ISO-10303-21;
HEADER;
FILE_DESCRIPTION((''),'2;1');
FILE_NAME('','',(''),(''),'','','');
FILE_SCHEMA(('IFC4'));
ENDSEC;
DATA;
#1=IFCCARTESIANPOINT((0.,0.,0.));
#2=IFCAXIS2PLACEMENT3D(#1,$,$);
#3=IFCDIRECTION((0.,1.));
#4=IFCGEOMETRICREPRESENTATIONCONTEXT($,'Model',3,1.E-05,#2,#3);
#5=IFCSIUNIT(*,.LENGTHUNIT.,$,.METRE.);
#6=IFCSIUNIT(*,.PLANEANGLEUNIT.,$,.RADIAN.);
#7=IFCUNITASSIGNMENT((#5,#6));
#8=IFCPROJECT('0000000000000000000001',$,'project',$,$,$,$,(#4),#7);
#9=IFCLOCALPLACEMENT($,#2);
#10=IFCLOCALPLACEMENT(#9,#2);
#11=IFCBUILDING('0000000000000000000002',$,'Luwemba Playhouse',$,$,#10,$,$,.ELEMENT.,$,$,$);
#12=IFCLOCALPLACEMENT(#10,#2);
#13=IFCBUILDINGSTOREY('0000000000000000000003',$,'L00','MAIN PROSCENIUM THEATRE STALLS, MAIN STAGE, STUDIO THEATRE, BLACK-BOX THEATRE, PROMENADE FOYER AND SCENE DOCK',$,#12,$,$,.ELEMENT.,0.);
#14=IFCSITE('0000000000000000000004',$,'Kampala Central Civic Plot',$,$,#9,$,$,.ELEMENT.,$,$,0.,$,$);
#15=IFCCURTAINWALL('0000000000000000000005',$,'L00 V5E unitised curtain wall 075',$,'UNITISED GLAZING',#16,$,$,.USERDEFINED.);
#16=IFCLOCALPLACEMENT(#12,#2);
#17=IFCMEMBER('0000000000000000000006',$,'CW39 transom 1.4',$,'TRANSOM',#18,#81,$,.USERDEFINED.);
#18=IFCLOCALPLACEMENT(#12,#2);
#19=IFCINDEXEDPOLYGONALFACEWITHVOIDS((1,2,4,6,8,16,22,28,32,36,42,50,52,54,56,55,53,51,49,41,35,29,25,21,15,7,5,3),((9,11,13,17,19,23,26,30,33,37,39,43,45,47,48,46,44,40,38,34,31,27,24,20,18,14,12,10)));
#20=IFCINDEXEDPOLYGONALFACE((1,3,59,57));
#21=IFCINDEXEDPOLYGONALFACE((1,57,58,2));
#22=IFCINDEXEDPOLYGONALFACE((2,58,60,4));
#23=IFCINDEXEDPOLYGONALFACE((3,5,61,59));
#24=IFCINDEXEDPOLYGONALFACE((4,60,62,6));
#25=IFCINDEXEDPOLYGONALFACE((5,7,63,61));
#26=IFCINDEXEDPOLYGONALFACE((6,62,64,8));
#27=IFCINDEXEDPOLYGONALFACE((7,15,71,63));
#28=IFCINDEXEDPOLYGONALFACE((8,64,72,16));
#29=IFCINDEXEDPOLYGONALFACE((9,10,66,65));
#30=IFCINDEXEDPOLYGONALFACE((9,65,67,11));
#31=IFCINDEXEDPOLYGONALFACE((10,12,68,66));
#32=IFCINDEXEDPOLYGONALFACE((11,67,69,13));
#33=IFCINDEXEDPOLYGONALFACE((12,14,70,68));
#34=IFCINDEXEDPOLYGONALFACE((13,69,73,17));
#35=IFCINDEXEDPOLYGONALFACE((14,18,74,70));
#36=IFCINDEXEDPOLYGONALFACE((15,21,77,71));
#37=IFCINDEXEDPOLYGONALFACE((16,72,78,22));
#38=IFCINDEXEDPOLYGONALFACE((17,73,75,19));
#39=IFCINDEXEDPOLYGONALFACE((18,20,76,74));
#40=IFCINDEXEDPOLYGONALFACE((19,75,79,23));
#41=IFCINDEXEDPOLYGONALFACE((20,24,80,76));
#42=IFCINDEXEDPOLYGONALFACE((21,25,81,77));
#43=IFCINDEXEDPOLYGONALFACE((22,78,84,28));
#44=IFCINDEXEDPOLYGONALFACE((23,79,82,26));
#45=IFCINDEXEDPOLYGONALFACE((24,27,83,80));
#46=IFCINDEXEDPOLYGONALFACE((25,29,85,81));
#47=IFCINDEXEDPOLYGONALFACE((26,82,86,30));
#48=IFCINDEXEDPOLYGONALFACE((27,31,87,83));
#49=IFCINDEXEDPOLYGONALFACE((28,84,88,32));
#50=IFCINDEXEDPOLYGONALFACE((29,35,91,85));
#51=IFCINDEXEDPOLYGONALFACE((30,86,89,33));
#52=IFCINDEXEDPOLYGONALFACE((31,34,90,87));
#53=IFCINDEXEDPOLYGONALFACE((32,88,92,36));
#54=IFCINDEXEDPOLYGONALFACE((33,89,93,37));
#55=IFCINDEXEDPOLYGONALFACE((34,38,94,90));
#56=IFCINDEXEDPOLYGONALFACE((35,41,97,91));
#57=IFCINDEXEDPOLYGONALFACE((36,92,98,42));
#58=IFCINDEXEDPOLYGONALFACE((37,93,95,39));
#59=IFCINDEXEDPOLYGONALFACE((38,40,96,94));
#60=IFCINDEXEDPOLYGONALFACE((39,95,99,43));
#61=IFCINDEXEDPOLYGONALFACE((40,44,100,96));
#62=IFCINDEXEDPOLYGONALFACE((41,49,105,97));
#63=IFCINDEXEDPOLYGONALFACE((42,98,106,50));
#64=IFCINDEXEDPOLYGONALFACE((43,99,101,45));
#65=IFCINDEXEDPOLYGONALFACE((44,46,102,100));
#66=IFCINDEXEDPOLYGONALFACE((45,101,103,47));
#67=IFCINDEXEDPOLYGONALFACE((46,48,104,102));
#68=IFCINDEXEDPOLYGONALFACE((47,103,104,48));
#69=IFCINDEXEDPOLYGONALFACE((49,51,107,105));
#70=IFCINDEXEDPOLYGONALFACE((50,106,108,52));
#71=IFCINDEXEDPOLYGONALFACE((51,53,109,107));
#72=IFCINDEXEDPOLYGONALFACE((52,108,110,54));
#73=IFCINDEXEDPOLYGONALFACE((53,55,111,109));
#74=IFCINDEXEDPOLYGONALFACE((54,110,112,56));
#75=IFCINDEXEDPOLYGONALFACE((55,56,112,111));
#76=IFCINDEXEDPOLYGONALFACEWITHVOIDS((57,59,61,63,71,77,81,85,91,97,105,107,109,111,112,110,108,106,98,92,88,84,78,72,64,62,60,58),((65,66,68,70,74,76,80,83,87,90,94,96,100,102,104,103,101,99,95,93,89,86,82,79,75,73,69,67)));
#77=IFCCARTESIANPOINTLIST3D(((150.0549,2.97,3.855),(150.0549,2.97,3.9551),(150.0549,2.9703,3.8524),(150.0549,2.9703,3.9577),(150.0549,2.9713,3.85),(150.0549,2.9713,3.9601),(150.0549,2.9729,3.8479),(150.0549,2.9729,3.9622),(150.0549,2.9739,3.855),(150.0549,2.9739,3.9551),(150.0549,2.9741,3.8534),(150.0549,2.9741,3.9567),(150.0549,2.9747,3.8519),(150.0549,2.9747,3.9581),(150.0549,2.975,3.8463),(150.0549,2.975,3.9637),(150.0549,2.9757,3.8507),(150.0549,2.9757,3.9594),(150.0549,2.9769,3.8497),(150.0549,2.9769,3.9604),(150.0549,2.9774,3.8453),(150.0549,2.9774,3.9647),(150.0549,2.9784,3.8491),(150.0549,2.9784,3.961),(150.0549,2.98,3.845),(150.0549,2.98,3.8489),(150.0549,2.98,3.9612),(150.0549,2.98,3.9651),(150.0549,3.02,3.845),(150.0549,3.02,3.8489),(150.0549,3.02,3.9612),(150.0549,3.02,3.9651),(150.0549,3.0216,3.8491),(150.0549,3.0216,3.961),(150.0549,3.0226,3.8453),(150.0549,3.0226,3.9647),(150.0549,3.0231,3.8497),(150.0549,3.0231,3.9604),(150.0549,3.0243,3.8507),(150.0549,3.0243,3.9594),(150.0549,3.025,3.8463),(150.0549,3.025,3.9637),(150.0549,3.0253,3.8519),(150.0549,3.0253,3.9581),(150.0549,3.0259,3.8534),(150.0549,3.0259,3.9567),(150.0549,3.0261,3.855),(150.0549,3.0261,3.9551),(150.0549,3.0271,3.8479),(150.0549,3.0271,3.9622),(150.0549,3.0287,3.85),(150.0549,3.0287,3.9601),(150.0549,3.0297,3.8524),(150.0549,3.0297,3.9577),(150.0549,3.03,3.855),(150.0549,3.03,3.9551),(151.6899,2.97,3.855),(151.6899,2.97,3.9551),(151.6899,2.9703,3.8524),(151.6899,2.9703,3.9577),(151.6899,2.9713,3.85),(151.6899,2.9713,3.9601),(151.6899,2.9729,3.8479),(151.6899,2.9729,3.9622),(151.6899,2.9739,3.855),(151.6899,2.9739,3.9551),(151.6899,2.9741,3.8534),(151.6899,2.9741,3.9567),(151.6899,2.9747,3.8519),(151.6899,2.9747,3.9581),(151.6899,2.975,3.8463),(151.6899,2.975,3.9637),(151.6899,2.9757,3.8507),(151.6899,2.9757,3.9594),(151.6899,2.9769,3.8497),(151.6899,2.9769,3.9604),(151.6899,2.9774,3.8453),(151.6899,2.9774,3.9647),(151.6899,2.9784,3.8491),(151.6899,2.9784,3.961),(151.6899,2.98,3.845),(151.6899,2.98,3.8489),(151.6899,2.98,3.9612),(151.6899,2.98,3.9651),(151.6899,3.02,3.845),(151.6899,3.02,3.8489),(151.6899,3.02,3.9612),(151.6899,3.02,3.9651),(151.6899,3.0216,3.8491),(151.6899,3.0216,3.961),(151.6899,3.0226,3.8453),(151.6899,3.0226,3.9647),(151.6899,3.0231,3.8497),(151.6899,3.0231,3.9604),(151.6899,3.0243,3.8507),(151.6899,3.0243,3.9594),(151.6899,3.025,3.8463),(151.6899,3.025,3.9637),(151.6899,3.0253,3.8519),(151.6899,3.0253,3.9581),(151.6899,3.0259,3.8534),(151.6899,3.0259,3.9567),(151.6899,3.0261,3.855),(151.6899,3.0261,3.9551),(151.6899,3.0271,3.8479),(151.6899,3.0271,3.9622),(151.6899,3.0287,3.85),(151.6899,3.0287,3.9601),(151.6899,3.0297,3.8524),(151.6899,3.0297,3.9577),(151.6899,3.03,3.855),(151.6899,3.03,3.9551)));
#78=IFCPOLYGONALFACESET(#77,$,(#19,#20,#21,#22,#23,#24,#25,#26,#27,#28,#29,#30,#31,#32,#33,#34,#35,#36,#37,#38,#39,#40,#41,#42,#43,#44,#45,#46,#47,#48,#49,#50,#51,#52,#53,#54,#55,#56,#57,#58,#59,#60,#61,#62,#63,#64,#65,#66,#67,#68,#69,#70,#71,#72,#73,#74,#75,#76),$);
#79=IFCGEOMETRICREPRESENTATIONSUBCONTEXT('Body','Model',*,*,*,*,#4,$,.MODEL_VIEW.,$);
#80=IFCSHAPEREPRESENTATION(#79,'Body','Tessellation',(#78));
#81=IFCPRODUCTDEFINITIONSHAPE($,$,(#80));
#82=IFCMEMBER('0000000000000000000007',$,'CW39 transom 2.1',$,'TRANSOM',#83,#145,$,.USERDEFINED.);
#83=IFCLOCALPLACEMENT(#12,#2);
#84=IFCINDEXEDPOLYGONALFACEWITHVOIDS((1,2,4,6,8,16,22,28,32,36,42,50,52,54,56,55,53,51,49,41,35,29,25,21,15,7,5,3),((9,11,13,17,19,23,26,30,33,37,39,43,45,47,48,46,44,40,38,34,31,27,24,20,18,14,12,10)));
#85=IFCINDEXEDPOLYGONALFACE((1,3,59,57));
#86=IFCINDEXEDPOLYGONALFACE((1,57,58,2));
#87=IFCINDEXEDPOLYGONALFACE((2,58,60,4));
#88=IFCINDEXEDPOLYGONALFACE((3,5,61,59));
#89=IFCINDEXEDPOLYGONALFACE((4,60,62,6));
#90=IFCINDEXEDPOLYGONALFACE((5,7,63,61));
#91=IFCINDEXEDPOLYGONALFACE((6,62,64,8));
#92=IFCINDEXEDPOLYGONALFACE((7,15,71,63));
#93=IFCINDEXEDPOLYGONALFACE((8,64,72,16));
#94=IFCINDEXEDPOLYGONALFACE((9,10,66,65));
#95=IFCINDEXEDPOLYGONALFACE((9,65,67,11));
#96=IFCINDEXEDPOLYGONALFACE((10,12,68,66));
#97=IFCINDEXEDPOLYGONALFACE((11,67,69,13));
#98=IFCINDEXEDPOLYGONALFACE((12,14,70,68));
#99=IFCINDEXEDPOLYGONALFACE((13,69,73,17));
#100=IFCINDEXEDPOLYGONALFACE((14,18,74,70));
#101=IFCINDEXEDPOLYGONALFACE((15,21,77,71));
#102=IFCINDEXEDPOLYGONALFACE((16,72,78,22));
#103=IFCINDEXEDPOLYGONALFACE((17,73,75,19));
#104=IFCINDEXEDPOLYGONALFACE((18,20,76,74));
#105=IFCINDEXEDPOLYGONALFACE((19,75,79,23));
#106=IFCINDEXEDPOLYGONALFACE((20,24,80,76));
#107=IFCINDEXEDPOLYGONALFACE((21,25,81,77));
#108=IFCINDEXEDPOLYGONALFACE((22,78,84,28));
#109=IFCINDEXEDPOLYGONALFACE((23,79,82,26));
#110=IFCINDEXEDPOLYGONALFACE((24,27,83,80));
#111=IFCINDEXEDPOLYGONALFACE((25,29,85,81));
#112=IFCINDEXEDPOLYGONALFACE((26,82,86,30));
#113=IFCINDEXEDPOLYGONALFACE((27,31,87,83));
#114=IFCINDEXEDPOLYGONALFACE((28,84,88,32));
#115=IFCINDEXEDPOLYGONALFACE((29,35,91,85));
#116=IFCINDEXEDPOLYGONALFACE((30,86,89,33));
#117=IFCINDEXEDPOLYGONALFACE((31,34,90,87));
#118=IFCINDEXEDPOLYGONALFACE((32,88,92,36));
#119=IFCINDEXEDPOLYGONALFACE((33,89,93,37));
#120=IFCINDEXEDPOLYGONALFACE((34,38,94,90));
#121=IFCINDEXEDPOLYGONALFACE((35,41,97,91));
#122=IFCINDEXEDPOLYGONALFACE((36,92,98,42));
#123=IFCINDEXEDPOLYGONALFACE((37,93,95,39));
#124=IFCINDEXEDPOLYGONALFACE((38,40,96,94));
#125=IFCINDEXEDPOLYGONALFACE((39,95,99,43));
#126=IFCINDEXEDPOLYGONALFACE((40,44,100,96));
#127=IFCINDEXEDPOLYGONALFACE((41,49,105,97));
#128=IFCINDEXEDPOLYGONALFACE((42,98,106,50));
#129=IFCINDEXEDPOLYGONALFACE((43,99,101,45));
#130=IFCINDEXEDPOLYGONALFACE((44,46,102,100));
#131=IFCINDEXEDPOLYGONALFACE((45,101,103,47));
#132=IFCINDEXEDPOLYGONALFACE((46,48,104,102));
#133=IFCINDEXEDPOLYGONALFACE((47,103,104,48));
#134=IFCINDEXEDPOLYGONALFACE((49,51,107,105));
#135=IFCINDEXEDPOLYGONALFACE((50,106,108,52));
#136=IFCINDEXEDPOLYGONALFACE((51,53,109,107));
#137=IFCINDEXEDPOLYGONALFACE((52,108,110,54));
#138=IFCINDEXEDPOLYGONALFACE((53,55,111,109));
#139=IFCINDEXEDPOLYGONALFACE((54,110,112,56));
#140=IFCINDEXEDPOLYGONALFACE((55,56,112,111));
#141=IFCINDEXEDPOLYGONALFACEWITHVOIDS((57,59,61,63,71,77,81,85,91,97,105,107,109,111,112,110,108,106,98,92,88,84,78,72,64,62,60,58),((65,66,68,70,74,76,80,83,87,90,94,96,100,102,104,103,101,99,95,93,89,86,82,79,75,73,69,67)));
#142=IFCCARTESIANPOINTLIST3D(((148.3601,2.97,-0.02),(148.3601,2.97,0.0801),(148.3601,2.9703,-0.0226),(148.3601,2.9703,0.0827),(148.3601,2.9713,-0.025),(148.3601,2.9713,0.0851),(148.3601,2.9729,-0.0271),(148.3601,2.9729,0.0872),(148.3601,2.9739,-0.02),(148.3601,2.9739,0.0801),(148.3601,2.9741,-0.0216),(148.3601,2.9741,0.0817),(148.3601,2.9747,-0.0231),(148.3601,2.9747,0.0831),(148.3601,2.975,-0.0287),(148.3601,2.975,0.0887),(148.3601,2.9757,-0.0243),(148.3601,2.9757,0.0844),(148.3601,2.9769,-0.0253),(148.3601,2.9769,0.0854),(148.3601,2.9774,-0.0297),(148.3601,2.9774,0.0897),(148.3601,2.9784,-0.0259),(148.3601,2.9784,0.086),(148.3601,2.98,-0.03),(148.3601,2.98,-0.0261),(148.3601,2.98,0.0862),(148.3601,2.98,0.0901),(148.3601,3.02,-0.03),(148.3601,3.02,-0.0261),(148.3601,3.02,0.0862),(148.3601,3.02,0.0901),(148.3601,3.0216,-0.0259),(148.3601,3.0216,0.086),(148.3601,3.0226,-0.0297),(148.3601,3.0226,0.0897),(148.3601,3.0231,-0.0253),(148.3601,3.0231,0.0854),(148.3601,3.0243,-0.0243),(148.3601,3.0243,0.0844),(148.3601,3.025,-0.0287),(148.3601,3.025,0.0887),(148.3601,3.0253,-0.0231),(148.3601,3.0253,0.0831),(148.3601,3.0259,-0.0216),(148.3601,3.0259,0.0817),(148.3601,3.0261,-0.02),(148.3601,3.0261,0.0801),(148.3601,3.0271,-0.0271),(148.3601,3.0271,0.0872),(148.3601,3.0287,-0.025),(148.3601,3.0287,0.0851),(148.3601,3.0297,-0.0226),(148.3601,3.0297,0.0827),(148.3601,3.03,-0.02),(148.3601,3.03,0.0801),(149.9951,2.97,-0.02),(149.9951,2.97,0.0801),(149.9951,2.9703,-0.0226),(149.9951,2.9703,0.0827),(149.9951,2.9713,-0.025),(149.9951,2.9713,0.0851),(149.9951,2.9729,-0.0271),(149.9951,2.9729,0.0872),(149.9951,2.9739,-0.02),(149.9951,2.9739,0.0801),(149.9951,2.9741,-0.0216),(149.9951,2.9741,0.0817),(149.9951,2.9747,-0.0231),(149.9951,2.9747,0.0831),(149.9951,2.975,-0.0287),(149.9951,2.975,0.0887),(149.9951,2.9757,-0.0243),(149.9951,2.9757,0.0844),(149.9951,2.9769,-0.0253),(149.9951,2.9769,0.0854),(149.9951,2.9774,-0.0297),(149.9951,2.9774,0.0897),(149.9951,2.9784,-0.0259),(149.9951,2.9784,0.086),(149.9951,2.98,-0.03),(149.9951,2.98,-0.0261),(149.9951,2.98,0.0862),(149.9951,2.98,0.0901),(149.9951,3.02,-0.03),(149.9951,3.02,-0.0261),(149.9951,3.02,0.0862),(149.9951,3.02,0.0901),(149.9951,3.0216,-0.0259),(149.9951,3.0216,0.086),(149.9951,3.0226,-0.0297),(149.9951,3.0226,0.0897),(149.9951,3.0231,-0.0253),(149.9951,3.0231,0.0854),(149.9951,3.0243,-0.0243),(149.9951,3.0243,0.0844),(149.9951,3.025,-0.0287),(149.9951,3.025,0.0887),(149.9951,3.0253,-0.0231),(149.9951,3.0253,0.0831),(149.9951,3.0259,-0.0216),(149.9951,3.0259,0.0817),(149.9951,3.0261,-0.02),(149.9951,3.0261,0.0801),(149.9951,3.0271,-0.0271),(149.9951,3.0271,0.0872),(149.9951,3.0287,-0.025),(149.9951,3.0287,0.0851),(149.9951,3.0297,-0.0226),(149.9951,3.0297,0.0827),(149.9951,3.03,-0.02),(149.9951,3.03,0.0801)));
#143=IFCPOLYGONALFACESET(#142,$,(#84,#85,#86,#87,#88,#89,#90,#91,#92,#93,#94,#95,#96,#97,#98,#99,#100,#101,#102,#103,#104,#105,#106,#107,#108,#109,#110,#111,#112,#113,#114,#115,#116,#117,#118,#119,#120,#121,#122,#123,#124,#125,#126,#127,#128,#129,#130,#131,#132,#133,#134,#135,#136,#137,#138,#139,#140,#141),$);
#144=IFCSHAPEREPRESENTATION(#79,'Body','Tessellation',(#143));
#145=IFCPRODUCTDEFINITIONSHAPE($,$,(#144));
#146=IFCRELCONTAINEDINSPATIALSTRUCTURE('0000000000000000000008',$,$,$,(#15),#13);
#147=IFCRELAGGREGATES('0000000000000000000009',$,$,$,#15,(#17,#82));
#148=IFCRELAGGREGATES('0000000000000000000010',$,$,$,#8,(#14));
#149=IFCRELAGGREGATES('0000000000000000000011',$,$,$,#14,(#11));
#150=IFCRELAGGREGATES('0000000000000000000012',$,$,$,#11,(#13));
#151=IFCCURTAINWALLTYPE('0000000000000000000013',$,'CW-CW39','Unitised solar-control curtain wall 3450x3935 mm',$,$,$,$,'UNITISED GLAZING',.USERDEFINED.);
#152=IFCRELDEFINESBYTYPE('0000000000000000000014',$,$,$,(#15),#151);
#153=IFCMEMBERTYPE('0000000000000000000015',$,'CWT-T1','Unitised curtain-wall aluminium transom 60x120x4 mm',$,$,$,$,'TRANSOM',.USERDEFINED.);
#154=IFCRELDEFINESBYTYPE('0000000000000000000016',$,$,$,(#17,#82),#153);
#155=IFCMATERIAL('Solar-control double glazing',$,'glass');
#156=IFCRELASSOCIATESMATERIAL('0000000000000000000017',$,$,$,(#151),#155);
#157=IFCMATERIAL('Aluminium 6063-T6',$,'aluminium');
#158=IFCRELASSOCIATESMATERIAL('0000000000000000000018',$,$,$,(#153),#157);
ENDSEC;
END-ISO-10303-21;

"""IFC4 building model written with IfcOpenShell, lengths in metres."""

from ifc_helpers import new_model, si_unit, direction, frame, origin, origin_2d, place, context, subcontext, project, spatial, hollow_rectangle, extrude, material, material_profile, profile_set, type_object, element, aggregate, save


model = new_model("IFC4")

# Units and contexts
model_context = context("Model", 3, precision=1e-05, world=origin(), true_north=direction((0.0, 1.0)))
body_context = subcontext(model_context, "Body", "Model", "MODEL_VIEW")
ifc_project = project(units=[si_unit("LENGTHUNIT", "METRE"), si_unit("PLANEANGLEUNIT", "RADIAN")], contexts=[model_context])

# Site, building, storey
site_placement = place(None, origin())
site = spatial("IfcSite", under=ifc_project, at=site_placement, Name="Kampala Central Civic Plot", CompositionType="ELEMENT", RefElevation=0.0)
building_placement = place(site_placement, origin())
building = spatial("IfcBuilding", under=site, at=building_placement, Name="Luwemba Playhouse", CompositionType="ELEMENT")
storey_placement = place(building_placement, origin())
storey = spatial("IfcBuildingStorey", under=building, at=storey_placement, Name="L00", Description="MAIN PROSCENIUM THEATRE STALLS, MAIN STAGE, STUDIO THEATRE, BLACK-BOX THEATRE, PROMENADE FOYER AND SCENE DOCK", CompositionType="ELEMENT", Elevation=0.0)

# Curtain wall
ifc_material_1 = material(Name="Solar-control double glazing", Category="glass")
curtain_wall_type_1 = type_object("IfcCurtainWallType", Name="CW-CW39", Description="Unitised solar-control curtain wall 3450x3935 mm", ElementType="UNITISED GLAZING", PredefinedType="USERDEFINED", material=ifc_material_1)
curtain_wall_1_placement = place(storey_placement, origin())
curtain_wall_1 = element("IfcCurtainWall", 1, at=curtain_wall_1_placement, inside=storey, type_object=curtain_wall_type_1, Name="L00 V5E unitised curtain wall 075", ObjectType="UNITISED GLAZING", PredefinedType="USERDEFINED")
ifc_material_2 = material(Name="Aluminium 6063-T6", Category="aluminium")

# Members
ifc_material_profile_1 = material_profile(ifc_material_2, hollow_rectangle(XDim=0.0601, YDim=0.1201, WallThickness=0.0039, InnerFilletRadius=0.0061, OuterFilletRadius=0.01, at=origin_2d()))
ifc_profile_set_1 = profile_set([ifc_material_profile_1], Name="Aluminium 6063-T6")
member_type_1 = type_object("IfcMemberType", Name="CWT-T1", Description="Unitised curtain-wall aluminium transom 60x120x4 mm", ElementType="TRANSOM", PredefinedType="USERDEFINED", material=ifc_profile_set_1)
member_1_placement = place(storey_placement, frame((151.6899, 3.0, 3.905), z_axis=(-1.0, 0.0, 0.0), x_axis=(0.0, -1.0, 0.0)))
member_1 = element("IfcMember", 2, at=member_1_placement, type_object=member_type_1, Name="CW39 transom 1.4", ObjectType="TRANSOM", PredefinedType="USERDEFINED", context=body_context, shape_type="SweptSolid", body=[
    extrude(hollow_rectangle(XDim=0.0601, YDim=0.1201, WallThickness=0.0039, InnerFilletRadius=0.0061, OuterFilletRadius=0.01, at=origin_2d()), origin(), (0.0, 0.0, 1.0), 1.635),
])
member_2_placement = place(storey_placement, frame((149.9951, 3.0, 0.03), z_axis=(-1.0, 0.0, 0.0), x_axis=(0.0, -1.0, 0.0)))
member_2 = element("IfcMember", 3, at=member_2_placement, type_object=member_type_1, Name="CW39 transom 2.1", ObjectType="TRANSOM", PredefinedType="USERDEFINED", context=body_context, shape_type="SweptSolid", body=[
    extrude(hollow_rectangle(XDim=0.0601, YDim=0.1201, WallThickness=0.0039, InnerFilletRadius=0.0061, OuterFilletRadius=0.01, at=origin_2d()), origin(), (0.0, 0.0, 1.0), 1.635),
])

aggregate(curtain_wall_1, [member_1, member_2])

save(model, "model.ifc")
